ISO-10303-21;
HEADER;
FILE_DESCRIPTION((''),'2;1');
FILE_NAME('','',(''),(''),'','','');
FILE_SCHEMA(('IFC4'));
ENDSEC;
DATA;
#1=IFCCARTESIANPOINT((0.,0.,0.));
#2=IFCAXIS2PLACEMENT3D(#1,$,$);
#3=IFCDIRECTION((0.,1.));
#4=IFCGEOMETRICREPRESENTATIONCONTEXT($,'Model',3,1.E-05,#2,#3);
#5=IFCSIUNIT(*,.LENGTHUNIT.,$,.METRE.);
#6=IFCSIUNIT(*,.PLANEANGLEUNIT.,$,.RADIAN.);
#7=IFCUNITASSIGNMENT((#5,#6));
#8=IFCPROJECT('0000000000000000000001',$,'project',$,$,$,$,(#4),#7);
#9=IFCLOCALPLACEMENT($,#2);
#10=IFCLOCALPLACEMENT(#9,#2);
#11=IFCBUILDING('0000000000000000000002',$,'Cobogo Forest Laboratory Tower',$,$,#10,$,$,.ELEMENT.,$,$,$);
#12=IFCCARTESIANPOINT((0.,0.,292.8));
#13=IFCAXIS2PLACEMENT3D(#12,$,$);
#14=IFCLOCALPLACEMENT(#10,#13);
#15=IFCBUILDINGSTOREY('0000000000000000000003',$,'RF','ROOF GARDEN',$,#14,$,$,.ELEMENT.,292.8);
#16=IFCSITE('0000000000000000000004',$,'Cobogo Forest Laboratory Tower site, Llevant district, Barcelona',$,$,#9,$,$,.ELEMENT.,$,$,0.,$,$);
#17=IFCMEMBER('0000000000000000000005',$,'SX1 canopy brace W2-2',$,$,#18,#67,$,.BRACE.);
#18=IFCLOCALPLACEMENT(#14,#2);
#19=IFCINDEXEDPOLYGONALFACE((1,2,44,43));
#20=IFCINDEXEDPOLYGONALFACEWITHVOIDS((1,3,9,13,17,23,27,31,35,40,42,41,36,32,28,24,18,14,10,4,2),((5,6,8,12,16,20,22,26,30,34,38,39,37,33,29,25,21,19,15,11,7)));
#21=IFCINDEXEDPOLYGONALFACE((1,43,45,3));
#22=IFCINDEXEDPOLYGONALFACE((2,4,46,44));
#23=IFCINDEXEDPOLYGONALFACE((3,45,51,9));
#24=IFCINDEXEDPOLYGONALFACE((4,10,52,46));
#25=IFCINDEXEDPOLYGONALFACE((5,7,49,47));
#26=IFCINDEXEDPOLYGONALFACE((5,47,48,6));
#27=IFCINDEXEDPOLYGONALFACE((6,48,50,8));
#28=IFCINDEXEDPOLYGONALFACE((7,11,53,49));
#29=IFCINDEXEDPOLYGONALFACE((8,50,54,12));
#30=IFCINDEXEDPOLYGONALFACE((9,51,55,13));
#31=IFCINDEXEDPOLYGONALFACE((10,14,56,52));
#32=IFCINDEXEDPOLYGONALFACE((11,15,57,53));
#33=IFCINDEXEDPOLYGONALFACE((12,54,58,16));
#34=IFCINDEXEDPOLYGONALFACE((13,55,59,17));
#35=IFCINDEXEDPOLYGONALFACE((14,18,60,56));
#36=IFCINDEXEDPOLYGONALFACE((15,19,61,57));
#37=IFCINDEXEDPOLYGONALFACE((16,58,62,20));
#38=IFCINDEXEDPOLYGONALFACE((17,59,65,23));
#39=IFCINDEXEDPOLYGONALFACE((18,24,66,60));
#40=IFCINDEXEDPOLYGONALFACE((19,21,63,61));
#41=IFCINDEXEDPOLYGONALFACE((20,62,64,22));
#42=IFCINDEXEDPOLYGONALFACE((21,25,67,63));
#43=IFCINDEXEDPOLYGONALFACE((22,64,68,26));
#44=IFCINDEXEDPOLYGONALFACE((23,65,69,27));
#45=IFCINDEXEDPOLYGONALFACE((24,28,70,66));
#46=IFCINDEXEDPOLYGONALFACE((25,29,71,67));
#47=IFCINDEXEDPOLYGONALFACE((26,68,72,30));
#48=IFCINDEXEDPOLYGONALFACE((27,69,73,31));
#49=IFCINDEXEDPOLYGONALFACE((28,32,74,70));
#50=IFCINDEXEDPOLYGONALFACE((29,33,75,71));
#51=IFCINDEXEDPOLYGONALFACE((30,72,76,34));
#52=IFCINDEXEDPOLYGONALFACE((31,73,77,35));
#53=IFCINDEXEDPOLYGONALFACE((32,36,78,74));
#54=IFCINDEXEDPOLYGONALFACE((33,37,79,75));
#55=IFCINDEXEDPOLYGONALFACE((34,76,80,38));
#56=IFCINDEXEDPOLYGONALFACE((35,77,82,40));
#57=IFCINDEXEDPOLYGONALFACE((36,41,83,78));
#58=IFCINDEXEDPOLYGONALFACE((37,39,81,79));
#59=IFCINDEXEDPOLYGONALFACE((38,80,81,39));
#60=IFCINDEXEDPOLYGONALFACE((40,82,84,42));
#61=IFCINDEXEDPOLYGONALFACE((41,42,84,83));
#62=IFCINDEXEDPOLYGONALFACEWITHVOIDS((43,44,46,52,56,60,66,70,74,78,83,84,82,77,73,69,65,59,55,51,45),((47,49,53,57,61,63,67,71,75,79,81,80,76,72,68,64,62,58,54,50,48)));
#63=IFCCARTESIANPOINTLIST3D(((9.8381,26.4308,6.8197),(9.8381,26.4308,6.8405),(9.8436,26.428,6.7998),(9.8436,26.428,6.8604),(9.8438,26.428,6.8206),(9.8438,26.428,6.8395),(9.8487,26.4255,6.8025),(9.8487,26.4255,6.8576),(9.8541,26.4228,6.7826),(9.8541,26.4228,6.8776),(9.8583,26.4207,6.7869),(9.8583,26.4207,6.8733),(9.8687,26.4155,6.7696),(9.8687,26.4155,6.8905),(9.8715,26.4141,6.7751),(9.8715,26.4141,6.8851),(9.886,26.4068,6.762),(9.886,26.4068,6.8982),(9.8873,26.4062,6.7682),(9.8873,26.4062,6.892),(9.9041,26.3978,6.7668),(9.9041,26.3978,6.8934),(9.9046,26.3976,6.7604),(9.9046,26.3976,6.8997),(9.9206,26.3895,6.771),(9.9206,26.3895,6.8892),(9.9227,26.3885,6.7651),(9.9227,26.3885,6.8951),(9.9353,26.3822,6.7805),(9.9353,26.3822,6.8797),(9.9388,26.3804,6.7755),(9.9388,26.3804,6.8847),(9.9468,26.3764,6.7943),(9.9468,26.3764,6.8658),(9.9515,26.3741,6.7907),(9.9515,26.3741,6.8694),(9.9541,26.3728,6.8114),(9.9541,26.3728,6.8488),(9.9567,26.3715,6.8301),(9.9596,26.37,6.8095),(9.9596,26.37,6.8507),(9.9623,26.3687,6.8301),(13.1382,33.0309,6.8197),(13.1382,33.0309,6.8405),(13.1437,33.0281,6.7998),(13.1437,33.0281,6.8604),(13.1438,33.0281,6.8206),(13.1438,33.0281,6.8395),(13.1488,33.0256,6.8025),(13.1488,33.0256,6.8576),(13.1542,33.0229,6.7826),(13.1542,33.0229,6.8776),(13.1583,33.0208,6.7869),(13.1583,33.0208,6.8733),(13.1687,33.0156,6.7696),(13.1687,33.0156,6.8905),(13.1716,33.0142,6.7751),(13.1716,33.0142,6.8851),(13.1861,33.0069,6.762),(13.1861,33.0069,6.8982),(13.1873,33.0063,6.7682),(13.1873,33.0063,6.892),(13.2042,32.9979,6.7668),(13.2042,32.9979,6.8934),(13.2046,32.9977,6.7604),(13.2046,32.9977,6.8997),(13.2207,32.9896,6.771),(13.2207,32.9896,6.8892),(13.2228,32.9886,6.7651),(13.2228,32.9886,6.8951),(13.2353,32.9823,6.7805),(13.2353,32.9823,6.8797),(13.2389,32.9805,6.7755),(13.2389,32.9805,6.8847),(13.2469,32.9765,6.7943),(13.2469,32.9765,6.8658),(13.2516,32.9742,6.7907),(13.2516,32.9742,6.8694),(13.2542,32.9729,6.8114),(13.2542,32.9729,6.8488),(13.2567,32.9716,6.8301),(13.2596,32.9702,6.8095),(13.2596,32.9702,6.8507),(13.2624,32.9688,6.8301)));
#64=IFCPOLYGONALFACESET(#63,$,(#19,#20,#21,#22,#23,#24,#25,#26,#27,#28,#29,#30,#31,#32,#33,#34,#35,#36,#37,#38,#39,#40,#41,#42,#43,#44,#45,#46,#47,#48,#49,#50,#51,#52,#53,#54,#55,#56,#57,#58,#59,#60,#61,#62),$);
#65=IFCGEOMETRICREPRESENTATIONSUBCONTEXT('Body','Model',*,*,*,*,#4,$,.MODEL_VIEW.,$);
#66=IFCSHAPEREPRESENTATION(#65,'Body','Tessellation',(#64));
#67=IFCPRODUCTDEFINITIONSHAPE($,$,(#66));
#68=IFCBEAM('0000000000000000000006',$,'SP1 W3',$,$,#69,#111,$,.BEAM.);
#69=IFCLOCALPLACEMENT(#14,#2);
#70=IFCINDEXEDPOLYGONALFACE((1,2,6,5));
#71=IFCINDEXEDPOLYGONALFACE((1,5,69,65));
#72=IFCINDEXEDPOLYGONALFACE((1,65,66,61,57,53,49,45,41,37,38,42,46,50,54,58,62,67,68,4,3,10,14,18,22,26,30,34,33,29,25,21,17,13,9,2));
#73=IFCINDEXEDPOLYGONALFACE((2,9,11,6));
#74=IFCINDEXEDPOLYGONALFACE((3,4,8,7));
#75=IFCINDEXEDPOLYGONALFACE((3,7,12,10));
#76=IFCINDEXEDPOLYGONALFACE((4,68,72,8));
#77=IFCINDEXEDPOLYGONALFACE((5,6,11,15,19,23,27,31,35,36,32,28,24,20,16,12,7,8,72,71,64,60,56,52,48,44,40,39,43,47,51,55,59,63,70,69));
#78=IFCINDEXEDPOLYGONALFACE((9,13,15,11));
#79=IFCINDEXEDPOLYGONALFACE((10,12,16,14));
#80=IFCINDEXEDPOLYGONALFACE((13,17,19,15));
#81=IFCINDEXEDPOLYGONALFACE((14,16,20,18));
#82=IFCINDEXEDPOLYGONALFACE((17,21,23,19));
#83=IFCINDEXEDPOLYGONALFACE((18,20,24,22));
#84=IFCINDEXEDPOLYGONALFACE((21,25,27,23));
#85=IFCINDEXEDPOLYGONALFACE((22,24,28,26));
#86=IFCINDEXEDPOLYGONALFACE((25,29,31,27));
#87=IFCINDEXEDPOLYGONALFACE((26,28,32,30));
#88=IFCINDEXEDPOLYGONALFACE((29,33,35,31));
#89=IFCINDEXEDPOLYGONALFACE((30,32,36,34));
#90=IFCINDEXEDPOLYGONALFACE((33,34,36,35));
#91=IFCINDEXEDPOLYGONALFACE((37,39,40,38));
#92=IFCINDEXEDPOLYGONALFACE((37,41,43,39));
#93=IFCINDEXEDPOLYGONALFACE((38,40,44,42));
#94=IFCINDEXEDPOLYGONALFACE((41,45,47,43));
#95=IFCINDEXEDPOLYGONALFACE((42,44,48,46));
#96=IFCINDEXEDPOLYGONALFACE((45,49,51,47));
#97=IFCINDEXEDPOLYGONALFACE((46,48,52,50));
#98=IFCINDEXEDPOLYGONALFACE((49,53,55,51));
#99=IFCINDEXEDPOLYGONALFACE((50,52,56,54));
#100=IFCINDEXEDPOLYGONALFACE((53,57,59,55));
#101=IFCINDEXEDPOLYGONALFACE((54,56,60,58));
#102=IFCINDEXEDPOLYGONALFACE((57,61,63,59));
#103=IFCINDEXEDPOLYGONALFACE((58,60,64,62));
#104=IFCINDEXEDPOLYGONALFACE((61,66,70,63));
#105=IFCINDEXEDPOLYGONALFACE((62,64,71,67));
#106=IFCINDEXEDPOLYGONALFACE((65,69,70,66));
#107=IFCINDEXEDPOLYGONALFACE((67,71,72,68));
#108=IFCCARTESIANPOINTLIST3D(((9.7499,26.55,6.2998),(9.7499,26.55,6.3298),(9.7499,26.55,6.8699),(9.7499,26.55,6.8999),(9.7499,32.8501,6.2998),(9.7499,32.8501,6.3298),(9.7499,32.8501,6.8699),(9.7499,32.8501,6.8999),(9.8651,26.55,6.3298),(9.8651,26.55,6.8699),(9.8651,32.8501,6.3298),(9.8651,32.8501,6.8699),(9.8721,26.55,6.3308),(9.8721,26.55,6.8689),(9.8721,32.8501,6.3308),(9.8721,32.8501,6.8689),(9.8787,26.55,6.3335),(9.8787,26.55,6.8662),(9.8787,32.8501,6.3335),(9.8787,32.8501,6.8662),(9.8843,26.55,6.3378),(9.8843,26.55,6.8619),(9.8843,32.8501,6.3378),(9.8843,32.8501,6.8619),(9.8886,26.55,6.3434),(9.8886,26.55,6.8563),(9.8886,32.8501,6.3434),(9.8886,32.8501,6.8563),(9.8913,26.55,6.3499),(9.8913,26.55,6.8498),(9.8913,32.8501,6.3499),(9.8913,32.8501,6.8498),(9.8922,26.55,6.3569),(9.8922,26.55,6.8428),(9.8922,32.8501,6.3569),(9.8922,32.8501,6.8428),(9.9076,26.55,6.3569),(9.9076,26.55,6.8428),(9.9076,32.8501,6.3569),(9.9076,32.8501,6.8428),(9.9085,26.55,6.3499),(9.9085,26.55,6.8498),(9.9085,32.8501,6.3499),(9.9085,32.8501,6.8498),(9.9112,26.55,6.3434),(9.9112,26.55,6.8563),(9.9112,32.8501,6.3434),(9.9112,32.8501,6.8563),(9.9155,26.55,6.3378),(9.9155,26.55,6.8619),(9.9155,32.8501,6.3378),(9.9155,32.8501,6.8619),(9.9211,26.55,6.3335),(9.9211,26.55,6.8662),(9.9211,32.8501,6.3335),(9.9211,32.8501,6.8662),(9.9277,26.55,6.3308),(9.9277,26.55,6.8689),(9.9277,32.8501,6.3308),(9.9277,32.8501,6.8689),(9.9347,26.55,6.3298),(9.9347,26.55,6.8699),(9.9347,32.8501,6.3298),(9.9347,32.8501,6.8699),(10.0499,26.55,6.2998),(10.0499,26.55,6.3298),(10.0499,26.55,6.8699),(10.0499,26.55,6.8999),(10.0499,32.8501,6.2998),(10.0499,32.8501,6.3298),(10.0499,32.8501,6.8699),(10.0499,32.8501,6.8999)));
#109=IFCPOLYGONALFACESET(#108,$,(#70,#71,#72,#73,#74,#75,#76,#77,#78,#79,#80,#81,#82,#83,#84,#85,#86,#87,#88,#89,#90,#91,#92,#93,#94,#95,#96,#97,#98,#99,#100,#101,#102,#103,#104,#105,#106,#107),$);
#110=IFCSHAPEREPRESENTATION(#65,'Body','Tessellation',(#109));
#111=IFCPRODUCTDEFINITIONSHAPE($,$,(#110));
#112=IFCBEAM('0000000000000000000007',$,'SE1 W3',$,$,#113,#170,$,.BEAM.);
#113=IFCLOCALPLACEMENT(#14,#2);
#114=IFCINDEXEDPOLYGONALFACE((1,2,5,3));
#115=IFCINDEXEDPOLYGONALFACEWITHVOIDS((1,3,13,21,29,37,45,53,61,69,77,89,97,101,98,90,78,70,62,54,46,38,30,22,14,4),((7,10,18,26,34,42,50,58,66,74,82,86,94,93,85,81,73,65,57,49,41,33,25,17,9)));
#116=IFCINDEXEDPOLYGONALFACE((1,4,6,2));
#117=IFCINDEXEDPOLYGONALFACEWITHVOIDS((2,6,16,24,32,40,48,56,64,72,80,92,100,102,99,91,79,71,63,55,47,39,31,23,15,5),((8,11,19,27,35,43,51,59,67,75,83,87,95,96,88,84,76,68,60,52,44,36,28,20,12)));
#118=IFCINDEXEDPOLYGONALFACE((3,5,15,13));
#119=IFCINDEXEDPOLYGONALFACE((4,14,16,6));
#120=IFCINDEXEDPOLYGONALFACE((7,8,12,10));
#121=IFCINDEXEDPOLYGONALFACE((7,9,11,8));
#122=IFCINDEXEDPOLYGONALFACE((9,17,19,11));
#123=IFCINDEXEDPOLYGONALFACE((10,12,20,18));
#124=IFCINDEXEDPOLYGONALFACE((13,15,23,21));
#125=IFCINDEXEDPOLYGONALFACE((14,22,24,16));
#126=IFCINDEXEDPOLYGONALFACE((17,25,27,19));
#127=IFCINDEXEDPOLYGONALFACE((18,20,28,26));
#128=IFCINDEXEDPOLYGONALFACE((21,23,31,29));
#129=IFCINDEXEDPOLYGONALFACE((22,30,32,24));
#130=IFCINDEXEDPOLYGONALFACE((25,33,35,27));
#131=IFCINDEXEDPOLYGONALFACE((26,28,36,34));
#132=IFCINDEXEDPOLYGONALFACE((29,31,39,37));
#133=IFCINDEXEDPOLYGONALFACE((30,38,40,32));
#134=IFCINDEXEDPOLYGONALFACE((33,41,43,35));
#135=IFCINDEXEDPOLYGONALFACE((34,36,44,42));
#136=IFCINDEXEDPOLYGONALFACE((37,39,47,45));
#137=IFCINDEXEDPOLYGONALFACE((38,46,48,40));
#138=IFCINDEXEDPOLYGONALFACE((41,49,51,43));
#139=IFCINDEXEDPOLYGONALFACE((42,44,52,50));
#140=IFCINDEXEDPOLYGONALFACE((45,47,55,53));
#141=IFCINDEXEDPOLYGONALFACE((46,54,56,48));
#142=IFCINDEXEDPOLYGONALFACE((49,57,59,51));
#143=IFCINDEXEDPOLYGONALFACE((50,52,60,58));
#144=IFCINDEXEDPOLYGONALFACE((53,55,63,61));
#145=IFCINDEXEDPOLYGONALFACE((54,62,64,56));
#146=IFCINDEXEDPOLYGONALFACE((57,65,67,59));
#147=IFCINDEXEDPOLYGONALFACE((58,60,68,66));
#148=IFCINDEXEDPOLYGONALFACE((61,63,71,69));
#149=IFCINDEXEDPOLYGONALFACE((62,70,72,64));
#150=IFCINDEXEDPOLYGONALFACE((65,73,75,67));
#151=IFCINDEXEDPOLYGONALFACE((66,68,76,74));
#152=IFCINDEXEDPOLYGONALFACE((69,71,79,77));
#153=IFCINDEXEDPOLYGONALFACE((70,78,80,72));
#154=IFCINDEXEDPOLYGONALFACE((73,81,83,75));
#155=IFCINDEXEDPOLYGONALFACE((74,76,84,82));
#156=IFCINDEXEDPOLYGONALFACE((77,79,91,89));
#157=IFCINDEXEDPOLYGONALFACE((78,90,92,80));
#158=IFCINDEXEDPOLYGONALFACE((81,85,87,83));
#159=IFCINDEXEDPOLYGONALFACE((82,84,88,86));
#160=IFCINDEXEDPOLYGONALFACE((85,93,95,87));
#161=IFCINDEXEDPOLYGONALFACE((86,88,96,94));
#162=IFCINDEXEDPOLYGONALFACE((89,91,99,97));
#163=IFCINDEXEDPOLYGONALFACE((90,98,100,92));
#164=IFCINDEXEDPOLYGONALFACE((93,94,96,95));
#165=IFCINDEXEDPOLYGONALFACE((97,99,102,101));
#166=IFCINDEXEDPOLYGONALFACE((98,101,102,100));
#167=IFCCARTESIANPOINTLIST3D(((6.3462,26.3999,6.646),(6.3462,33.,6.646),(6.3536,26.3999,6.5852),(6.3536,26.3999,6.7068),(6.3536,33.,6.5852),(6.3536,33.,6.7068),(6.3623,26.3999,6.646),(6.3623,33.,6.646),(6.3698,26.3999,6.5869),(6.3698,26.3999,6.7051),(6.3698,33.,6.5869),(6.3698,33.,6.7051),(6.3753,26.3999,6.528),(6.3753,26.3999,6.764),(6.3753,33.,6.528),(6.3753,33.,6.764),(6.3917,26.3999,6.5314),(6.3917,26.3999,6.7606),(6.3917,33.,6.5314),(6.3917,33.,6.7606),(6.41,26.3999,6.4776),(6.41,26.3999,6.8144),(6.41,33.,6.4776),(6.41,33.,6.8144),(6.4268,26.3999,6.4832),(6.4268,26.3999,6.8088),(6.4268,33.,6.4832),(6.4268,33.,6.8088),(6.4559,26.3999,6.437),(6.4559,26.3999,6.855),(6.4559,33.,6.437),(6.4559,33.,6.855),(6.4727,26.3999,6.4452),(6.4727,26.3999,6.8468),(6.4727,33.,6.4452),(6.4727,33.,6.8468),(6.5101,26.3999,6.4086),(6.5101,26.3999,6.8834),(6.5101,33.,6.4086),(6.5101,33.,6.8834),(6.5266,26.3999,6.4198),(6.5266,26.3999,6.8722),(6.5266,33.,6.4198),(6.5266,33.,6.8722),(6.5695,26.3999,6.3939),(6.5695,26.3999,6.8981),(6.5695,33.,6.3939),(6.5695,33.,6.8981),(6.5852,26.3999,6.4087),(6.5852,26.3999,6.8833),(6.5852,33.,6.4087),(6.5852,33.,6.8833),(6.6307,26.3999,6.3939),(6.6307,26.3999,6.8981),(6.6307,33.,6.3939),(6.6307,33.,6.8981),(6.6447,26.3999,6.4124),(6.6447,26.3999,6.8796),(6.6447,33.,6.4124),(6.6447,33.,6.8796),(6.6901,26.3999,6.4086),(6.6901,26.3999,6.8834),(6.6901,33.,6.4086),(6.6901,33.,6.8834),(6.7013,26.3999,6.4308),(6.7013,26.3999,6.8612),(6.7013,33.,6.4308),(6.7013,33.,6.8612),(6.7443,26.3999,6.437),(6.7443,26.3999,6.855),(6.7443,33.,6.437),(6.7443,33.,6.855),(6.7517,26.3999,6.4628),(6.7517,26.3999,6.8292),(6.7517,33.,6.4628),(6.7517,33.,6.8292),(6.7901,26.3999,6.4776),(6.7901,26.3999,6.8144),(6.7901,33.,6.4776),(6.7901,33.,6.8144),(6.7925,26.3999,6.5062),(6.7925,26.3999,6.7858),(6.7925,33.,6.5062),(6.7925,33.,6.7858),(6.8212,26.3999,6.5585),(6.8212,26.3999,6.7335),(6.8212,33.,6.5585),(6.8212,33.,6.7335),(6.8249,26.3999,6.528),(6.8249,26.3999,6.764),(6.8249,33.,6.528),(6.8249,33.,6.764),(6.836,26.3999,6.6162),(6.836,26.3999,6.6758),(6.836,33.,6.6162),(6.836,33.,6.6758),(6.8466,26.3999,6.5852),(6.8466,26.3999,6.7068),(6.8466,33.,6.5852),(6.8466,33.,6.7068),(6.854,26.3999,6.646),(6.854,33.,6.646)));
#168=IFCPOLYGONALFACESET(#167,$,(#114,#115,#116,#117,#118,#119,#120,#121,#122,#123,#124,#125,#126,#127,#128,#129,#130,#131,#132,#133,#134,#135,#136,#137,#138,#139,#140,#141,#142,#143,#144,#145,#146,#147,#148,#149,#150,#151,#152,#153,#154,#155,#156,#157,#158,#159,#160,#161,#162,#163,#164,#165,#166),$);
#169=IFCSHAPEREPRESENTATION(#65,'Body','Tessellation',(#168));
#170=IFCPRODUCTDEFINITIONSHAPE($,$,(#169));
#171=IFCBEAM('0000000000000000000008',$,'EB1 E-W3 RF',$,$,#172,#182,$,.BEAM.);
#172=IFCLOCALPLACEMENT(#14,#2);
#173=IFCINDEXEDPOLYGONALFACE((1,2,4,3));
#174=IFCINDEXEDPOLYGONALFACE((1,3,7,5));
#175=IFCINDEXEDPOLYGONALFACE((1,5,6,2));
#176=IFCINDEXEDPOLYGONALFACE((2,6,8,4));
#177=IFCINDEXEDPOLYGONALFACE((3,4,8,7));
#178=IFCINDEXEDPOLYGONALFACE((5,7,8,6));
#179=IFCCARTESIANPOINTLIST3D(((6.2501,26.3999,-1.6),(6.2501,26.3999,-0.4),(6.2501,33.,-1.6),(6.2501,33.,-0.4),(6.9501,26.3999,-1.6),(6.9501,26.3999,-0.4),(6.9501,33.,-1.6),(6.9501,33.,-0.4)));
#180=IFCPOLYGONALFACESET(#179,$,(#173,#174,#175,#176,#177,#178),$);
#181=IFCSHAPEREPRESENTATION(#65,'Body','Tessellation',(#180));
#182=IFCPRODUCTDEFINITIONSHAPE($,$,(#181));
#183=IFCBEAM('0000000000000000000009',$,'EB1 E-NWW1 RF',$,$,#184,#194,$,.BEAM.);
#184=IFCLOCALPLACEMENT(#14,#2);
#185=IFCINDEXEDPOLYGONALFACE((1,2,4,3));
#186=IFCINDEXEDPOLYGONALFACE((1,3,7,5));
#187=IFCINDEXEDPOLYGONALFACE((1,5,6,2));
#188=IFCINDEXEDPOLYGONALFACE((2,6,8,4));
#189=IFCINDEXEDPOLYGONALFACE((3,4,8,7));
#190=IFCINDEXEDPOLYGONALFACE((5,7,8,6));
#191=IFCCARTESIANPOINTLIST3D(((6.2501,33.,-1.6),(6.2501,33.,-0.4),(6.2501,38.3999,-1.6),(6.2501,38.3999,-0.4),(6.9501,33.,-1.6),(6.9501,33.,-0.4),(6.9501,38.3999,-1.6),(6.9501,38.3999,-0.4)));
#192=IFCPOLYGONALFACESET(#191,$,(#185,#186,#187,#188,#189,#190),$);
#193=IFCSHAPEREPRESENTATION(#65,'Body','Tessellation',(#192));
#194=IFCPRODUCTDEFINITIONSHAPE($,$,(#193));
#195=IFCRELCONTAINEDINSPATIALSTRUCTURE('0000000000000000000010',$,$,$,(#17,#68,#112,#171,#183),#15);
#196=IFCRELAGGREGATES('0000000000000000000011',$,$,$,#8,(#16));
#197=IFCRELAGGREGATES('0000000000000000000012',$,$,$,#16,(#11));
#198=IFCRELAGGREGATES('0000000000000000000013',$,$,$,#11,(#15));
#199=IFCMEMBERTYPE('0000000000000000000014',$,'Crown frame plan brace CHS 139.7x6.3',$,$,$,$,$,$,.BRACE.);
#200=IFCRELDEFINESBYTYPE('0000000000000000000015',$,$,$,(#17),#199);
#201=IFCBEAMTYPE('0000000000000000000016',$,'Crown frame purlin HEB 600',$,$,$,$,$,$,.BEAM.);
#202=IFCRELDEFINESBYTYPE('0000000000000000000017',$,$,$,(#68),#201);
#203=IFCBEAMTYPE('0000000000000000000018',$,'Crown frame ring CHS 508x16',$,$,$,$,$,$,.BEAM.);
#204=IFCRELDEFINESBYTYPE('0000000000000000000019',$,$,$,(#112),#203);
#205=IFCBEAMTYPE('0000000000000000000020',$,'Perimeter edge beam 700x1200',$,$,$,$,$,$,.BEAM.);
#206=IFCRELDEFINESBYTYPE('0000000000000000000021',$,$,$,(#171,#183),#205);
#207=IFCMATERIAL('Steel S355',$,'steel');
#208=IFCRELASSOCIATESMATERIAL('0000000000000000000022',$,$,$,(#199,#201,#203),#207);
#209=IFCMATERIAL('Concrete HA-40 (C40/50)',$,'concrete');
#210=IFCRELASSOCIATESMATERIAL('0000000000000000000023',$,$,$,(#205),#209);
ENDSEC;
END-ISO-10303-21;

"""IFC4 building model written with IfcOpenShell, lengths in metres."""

from ifc_helpers import new_model, si_unit, direction, frame, origin, origin_2d, place, context, subcontext, project, spatial, rectangle, hollow_circle, i_section, extrude, material, material_profile, profile_set, type_object, element, save


model = new_model("IFC4")

# Units and contexts
model_context = context("Model", 3, precision=1e-05, world=origin(), true_north=direction((0.0, 1.0)))
body_context = subcontext(model_context, "Body", "Model", "MODEL_VIEW")
ifc_project = project(units=[si_unit("LENGTHUNIT", "METRE"), si_unit("PLANEANGLEUNIT", "RADIAN")], contexts=[model_context])

# Site, building, storey
site_placement = place(None, origin())
site = spatial("IfcSite", under=ifc_project, at=site_placement, Name="Cobogo Forest Laboratory Tower site, Llevant district, Barcelona", CompositionType="ELEMENT", RefElevation=0.0)
building_placement = place(site_placement, origin())
building = spatial("IfcBuilding", under=site, at=building_placement, Name="Cobogo Forest Laboratory Tower", CompositionType="ELEMENT")
storey_placement = place(building_placement, frame((0.0, 0.0, 292.8)))
storey = spatial("IfcBuildingStorey", under=building, at=storey_placement, Name="RF", Description="ROOF GARDEN", CompositionType="ELEMENT", Elevation=292.8)

# Shared definitions
ifc_material_1 = material(Name="Steel S355", Category="steel")

# Member
ifc_material_profile_1 = material_profile(ifc_material_1, hollow_circle(Radius=0.0698, WallThickness=0.0063, at=origin_2d()), Name="CHS 139.7x6.3")
ifc_profile_set_1 = profile_set([ifc_material_profile_1], Name="Steel S355")
member_type = type_object("IfcMemberType", Name="Crown frame plan brace CHS 139.7x6.3", PredefinedType="BRACE", material=ifc_profile_set_1)
member_1_placement = place(storey_placement, frame((13.2, 33.0, 6.8301), z_axis=(-0.447214, -0.894427, 0.0), x_axis=(0.894427, -0.447214, 0.0)))
element("IfcMember", 1, at=member_1_placement, inside=storey, type_object=member_type, Name="SX1 canopy brace W2-2", PredefinedType="BRACE", context=body_context, shape_type="SweptSolid", body=[
    extrude(hollow_circle(Radius=0.0698, WallThickness=0.0063, at=origin_2d()), origin(), (0.0, 0.0, 1.0), 7.3792),
])

# Beams
ifc_material_profile_2 = material_profile(ifc_material_1, i_section(OverallWidth=0.3, OverallDepth=0.6001, WebThickness=0.0154, FlangeThickness=0.03, FilletRadius=0.0271, at=origin_2d()), Name="HEB 600")
ifc_profile_set_2 = profile_set([ifc_material_profile_2], Name="Steel S355")
beam_type_1 = type_object("IfcBeamType", Name="Crown frame purlin HEB 600", PredefinedType="BEAM", material=ifc_profile_set_2)
beam_1_placement = place(storey_placement, frame((9.8999, 26.55, 6.5999), z_axis=(0.0, 1.0, 0.0), x_axis=(-1.0, 0.0, 0.0)))
element("IfcBeam", 2, at=beam_1_placement, inside=storey, type_object=beam_type_1, Name="SP1 W3", PredefinedType="BEAM", context=body_context, shape_type="SweptSolid", body=[
    extrude(i_section(OverallWidth=0.3, OverallDepth=0.6001, WebThickness=0.0154, FlangeThickness=0.03, FilletRadius=0.0271, at=origin_2d()), origin(), (0.0, 0.0, 1.0), 6.3),
])
ifc_material_profile_3 = material_profile(ifc_material_1, hollow_circle(Radius=0.2539, WallThickness=0.0161, at=origin_2d()), Name="CHS 508x16")
ifc_profile_set_3 = profile_set([ifc_material_profile_3], Name="Steel S355")
beam_type_2 = type_object("IfcBeamType", Name="Crown frame ring CHS 508x16", PredefinedType="BEAM", material=ifc_profile_set_3)
beam_2_placement = place(storey_placement, frame((6.6001, 26.3999, 6.646), z_axis=(0.0, 1.0, 0.0), x_axis=(-1.0, 0.0, 0.0)))
element("IfcBeam", 3, at=beam_2_placement, inside=storey, type_object=beam_type_2, Name="SE1 W3", PredefinedType="BEAM", context=body_context, shape_type="SweptSolid", body=[
    extrude(hollow_circle(Radius=0.2539, WallThickness=0.0161, at=origin_2d()), origin(), (0.0, 0.0, 1.0), 6.6001),
])
ifc_material_2 = material(Name="Concrete HA-40 (C40/50)", Category="concrete")
ifc_material_profile_4 = material_profile(ifc_material_2, rectangle(XDim=0.7, YDim=1.2, at=origin_2d()), Name="RC 700x1200")
ifc_profile_set_4 = profile_set([ifc_material_profile_4], Name="Concrete HA-40 (C40/50)")
beam_type_3 = type_object("IfcBeamType", Name="Perimeter edge beam 700x1200", PredefinedType="BEAM", material=ifc_profile_set_4)
beam_3_placement = place(storey_placement, frame((6.6001, 26.3999, -1.0), z_axis=(0.0, 1.0, 0.0), x_axis=(-1.0, 0.0, 0.0)))
element("IfcBeam", 4, at=beam_3_placement, inside=storey, type_object=beam_type_3, Name="EB1 E-W3 RF", PredefinedType="BEAM", context=body_context, shape_type="SweptSolid", body=[
    extrude(rectangle(XDim=0.7, YDim=1.2, at=origin_2d()), origin(), (0.0, 0.0, 1.0), 6.6001),
])
beam_4_placement = place(storey_placement, frame((6.6001, 33.0, -1.0), z_axis=(0.0, 1.0, 0.0), x_axis=(-1.0, 0.0, 0.0)))
element("IfcBeam", 5, at=beam_4_placement, inside=storey, type_object=beam_type_3, Name="EB1 E-NWW1 RF", PredefinedType="BEAM", context=body_context, shape_type="SweptSolid", body=[
    extrude(rectangle(XDim=0.7, YDim=1.2, at=origin_2d()), origin(), (0.0, 0.0, 1.0), 5.3999),
])

save(model, "model.ifc")
